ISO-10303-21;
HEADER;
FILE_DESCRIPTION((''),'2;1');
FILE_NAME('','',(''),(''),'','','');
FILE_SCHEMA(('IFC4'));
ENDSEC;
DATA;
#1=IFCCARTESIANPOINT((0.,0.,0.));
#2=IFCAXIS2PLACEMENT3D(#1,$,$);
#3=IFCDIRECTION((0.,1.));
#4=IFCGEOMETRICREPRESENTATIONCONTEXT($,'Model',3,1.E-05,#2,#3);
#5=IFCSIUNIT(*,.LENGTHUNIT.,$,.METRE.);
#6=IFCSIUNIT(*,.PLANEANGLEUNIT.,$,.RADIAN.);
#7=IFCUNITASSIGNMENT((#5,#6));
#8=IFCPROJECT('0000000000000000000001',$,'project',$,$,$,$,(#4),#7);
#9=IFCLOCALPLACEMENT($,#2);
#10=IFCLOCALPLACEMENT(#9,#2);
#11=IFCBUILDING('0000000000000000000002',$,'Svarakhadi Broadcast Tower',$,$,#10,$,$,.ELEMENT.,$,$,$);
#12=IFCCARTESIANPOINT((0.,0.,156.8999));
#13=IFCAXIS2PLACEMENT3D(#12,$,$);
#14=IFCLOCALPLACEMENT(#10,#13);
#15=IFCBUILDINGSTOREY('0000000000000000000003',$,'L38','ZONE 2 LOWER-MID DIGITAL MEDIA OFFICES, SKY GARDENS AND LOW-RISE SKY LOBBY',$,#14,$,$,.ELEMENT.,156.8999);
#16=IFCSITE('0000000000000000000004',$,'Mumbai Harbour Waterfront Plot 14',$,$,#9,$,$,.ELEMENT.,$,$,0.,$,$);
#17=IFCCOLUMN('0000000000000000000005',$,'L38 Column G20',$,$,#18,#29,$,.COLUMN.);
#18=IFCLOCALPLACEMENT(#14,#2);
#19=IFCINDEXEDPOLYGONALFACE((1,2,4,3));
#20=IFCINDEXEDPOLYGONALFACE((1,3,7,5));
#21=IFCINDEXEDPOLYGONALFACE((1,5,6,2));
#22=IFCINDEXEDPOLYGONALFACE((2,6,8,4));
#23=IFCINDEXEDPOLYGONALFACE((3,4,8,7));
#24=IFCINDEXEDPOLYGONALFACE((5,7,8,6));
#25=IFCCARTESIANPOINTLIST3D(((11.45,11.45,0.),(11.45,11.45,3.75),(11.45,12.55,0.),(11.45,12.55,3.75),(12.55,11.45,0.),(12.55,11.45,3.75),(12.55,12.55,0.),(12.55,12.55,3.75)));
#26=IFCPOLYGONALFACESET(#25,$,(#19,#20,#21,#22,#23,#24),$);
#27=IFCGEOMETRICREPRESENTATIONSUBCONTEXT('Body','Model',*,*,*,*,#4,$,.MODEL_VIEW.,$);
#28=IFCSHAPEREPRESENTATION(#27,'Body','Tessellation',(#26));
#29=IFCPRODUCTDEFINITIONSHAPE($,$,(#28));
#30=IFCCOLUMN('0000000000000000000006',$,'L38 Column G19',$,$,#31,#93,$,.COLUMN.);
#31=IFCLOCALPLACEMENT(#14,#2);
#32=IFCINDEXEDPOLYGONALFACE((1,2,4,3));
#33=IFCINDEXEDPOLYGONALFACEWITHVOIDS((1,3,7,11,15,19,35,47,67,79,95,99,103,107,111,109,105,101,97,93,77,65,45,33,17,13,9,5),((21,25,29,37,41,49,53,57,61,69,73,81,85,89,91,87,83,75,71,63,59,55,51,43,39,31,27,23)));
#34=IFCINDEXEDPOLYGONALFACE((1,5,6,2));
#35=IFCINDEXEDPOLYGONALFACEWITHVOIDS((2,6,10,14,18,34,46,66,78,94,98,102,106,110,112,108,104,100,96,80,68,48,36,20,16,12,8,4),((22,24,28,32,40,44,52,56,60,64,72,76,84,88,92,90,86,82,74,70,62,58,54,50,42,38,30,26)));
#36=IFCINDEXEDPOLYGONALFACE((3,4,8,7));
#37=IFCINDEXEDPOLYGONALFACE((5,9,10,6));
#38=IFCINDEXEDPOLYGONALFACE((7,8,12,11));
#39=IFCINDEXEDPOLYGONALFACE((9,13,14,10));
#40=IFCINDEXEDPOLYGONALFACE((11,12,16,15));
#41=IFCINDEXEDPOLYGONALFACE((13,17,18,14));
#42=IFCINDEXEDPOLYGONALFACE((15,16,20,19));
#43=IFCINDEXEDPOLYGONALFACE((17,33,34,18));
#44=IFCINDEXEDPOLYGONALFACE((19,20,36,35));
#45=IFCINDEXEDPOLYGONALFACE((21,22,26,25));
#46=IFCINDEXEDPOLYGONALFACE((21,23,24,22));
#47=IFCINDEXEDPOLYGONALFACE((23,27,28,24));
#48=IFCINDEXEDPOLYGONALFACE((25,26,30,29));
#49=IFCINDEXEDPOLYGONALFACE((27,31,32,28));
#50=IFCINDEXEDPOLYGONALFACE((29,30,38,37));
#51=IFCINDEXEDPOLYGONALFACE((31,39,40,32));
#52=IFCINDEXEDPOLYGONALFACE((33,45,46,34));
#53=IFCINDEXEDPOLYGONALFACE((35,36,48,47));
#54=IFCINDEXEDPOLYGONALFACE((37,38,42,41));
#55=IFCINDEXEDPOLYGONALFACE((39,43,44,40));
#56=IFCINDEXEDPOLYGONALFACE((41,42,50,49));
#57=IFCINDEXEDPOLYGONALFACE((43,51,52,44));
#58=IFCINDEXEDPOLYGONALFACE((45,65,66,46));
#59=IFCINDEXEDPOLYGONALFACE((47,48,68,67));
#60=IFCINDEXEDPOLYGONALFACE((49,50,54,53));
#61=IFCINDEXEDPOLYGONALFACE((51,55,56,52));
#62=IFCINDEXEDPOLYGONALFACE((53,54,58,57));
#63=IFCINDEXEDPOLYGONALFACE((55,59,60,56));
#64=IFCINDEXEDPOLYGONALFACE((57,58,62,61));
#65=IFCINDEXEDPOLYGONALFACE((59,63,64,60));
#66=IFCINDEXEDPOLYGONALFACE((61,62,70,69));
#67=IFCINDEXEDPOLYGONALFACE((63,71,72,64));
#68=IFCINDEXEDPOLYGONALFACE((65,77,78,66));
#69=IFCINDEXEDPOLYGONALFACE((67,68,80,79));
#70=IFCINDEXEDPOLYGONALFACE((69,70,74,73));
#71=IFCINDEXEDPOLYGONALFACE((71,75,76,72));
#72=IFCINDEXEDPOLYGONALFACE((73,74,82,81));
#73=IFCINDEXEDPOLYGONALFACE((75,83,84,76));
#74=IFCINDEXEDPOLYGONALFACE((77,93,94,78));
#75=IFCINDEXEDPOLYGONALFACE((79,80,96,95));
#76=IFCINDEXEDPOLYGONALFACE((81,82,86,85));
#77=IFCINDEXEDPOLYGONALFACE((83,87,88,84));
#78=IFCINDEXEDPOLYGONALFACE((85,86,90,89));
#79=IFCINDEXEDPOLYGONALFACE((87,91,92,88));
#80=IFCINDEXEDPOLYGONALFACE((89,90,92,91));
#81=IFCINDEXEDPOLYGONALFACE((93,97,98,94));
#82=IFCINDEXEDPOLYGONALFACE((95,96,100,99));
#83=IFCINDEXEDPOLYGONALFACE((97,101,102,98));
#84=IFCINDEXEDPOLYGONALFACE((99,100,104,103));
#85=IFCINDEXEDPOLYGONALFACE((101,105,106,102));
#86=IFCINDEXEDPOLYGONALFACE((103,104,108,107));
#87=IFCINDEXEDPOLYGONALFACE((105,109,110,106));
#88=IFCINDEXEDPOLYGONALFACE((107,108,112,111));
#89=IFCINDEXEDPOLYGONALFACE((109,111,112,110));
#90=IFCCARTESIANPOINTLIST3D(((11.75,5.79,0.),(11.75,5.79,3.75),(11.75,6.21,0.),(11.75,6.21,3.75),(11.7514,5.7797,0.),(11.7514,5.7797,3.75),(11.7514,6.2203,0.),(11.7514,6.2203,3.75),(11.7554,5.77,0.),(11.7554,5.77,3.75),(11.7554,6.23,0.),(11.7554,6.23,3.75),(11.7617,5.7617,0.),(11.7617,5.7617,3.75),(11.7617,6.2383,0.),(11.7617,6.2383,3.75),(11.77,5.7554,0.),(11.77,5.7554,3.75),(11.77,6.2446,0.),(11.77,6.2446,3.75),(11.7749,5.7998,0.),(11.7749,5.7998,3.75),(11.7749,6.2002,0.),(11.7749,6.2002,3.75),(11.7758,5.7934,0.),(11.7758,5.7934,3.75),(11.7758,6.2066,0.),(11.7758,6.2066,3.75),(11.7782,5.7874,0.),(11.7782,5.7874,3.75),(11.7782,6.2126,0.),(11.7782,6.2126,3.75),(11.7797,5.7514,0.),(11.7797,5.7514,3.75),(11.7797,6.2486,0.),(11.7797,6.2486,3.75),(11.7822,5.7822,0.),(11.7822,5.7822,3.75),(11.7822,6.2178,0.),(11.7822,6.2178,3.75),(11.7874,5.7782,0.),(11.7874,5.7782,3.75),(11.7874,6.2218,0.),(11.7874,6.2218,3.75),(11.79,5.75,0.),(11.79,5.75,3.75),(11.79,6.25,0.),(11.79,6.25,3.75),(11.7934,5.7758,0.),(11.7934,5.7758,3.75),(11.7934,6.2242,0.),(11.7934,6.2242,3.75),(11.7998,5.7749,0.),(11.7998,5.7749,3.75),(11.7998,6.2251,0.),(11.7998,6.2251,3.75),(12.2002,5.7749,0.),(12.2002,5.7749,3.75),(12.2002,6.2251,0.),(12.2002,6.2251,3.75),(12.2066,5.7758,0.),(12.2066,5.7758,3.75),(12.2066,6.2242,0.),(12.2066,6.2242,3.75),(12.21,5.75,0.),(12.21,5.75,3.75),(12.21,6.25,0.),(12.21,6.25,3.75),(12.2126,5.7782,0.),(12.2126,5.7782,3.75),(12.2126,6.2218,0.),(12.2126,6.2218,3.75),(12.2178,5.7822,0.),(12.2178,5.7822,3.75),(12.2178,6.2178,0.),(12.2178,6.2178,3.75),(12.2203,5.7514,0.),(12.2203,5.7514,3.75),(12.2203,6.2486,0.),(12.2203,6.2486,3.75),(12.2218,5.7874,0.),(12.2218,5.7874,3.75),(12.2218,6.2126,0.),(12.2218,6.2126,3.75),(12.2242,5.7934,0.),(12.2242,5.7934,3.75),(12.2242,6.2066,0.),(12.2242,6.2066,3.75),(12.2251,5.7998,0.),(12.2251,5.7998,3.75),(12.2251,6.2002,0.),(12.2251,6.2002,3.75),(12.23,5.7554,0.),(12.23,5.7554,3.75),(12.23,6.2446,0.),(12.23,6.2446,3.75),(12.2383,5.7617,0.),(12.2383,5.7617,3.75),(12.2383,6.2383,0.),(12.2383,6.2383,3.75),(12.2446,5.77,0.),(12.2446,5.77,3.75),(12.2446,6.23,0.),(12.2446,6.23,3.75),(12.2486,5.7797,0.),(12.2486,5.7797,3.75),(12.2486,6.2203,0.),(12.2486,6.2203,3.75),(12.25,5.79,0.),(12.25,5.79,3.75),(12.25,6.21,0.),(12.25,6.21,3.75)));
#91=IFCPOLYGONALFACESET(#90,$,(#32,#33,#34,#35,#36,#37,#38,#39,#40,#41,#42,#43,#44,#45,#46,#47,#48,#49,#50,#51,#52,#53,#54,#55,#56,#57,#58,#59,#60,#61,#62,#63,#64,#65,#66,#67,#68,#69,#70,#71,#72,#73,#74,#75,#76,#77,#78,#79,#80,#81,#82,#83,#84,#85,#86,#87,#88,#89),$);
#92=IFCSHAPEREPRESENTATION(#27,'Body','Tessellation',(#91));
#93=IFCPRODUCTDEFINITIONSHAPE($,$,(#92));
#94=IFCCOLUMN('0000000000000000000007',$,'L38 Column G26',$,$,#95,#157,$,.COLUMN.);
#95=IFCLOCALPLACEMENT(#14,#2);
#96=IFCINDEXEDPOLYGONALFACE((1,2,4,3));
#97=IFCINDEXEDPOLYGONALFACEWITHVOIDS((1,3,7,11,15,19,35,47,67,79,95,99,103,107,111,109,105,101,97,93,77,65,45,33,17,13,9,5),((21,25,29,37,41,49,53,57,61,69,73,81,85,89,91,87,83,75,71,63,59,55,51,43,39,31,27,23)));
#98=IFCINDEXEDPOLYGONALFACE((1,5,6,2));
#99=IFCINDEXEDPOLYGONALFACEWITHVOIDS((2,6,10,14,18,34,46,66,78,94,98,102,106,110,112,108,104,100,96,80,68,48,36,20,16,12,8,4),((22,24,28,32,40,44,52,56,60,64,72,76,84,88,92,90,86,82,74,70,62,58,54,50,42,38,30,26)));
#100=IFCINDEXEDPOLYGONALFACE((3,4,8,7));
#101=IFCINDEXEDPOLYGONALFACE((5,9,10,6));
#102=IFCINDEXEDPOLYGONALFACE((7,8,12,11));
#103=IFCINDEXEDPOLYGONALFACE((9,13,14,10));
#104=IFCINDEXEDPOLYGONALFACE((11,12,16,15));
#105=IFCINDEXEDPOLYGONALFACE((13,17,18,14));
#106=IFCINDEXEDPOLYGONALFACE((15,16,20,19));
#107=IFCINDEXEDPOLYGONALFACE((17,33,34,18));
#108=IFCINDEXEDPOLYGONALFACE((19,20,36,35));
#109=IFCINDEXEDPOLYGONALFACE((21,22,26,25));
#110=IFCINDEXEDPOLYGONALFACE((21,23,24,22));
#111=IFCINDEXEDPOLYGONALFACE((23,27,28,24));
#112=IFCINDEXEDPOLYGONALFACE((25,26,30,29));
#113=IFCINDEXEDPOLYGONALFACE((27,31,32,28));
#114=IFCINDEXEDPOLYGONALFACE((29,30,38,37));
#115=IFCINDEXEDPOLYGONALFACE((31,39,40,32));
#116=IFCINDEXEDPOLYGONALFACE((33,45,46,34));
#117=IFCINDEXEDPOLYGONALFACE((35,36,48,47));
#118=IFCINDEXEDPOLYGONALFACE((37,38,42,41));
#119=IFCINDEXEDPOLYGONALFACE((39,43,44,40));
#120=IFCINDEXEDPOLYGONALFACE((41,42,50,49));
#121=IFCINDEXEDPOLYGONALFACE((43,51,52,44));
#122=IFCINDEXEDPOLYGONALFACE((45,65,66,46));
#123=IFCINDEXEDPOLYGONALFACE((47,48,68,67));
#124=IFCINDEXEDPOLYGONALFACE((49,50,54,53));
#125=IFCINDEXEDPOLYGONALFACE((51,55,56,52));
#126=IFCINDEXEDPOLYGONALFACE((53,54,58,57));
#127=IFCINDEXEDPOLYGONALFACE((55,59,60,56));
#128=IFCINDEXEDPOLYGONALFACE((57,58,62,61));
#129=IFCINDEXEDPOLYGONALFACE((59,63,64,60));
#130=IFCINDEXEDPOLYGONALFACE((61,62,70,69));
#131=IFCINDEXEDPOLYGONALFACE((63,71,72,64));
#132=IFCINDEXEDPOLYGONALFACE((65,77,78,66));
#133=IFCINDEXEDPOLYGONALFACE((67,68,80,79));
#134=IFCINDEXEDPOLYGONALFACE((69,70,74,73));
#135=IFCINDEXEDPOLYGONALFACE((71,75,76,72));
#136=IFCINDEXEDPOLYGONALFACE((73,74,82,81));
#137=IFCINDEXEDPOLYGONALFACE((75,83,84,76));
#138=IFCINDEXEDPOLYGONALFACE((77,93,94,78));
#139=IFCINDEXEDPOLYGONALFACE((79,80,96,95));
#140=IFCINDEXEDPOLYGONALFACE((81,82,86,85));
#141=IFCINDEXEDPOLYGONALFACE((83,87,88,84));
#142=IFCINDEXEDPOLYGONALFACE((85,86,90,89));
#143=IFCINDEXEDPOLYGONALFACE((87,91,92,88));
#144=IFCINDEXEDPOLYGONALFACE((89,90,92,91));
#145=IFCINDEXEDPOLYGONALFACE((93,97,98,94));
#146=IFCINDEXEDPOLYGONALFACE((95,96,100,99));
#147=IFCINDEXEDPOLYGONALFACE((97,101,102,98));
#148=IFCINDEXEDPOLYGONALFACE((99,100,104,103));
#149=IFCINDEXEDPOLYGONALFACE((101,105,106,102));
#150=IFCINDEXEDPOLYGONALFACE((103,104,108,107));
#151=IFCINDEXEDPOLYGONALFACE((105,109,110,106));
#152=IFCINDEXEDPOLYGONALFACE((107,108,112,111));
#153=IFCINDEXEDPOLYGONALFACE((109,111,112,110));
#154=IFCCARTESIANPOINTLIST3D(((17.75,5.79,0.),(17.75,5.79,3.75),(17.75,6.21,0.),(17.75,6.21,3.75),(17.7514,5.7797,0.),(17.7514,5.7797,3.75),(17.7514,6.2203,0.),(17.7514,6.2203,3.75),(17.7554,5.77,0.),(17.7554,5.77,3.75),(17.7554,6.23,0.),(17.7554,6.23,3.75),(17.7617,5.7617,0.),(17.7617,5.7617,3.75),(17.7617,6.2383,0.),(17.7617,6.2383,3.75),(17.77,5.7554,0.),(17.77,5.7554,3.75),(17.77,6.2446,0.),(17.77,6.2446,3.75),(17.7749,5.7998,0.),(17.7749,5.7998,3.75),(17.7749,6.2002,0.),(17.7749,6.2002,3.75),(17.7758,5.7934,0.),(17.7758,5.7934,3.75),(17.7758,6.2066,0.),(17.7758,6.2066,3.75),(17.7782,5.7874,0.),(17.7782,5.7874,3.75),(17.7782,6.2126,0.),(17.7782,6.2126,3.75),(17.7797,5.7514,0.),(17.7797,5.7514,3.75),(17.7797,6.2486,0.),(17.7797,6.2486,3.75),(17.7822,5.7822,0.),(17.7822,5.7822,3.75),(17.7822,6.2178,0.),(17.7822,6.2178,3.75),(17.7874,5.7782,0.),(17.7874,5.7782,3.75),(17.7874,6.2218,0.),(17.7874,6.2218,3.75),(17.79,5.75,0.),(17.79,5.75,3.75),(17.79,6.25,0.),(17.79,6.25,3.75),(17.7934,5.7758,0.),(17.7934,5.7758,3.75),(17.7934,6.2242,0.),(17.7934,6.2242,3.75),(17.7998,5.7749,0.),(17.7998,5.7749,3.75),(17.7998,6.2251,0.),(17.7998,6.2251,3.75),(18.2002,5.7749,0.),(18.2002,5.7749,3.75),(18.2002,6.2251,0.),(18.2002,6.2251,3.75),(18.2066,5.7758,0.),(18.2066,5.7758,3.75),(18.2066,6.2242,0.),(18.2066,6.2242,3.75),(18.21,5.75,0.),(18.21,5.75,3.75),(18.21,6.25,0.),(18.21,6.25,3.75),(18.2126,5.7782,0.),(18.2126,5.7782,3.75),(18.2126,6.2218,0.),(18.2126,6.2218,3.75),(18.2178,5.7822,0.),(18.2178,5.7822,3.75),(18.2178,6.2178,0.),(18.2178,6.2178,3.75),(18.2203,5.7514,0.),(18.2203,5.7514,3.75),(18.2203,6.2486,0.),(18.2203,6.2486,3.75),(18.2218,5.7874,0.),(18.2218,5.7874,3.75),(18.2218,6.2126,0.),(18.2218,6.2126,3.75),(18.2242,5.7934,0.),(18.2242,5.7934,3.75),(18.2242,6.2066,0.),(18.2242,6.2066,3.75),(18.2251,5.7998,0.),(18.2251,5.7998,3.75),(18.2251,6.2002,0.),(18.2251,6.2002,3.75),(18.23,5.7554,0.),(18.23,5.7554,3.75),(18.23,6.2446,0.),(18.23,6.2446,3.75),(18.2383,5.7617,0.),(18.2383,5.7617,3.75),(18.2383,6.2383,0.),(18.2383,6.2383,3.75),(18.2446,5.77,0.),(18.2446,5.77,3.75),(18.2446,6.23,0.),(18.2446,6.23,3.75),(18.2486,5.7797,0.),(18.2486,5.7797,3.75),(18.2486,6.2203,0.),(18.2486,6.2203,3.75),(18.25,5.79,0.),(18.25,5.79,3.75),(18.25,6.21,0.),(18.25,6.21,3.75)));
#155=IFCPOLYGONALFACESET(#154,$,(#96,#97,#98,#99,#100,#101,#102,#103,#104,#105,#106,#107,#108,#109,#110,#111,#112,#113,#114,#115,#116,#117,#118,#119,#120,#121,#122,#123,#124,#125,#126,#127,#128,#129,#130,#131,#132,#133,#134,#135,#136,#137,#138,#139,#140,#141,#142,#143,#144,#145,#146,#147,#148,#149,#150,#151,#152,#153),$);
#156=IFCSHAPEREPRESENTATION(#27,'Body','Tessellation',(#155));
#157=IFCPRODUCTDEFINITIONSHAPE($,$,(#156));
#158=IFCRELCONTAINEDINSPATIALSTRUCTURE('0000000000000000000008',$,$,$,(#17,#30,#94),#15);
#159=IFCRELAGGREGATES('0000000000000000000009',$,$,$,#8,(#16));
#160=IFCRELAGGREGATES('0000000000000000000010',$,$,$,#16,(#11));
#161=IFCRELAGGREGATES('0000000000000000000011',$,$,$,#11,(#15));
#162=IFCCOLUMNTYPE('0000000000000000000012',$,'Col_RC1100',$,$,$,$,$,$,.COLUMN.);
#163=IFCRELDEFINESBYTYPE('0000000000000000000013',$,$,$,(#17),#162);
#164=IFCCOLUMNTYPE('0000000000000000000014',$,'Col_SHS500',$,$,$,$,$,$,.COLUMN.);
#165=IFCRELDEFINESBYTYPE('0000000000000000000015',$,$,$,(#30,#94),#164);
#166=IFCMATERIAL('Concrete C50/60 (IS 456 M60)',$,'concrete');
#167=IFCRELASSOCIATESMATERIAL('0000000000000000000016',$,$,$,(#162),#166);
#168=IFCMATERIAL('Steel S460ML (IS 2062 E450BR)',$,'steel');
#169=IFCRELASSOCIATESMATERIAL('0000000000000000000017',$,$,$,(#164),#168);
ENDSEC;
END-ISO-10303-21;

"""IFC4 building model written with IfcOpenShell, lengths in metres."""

from ifc_helpers import new_model, si_unit, direction, frame, origin, origin_2d, place, context, subcontext, project, spatial, rectangle, hollow_rectangle, extrude, material, material_profile, profile_set, type_object, element, save


model = new_model("IFC4")

# Units and contexts
model_context = context("Model", 3, precision=1e-05, world=origin(), true_north=direction((0.0, 1.0)))
body_context = subcontext(model_context, "Body", "Model", "MODEL_VIEW")
ifc_project = project(units=[si_unit("LENGTHUNIT", "METRE"), si_unit("PLANEANGLEUNIT", "RADIAN")], contexts=[model_context])

# Site, building, storey
site_placement = place(None, origin())
site = spatial("IfcSite", under=ifc_project, at=site_placement, Name="Mumbai Harbour Waterfront Plot 14", CompositionType="ELEMENT", RefElevation=0.0)
building_placement = place(site_placement, origin())
building = spatial("IfcBuilding", under=site, at=building_placement, Name="Svarakhadi Broadcast Tower", CompositionType="ELEMENT")
storey_placement = place(building_placement, frame((0.0, 0.0, 156.8999)))
storey = spatial("IfcBuildingStorey", under=building, at=storey_placement, Name="L38", Description="ZONE 2 LOWER-MID DIGITAL MEDIA OFFICES, SKY GARDENS AND LOW-RISE SKY LOBBY", CompositionType="ELEMENT", Elevation=156.8999)

# Columns
ifc_material_1 = material(Name="Concrete C50/60 (IS 456 M60)", Category="concrete")
ifc_material_profile_1 = material_profile(ifc_material_1, rectangle(XDim=1.1001, YDim=1.1001, at=origin_2d()), Name="RC 1100x1100")
ifc_profile_set_1 = profile_set([ifc_material_profile_1], Name="Concrete C50/60 (IS 456 M60)")
column_type_1 = type_object("IfcColumnType", Name="Col_RC1100", PredefinedType="COLUMN", material=ifc_profile_set_1)
column_placement = place(storey_placement, frame((12.0, 12.0, 0.0), z_axis=(0.0, 0.0, 1.0), x_axis=(1.0, 0.0, 0.0)))
element("IfcColumn", 1, at=column_placement, inside=storey, type_object=column_type_1, Name="L38 Column G20", PredefinedType="COLUMN", context=body_context, shape_type="SweptSolid", body=[
    extrude(rectangle(XDim=1.1001, YDim=1.1001, at=origin_2d()), origin(), (0.0, 0.0, 1.0), 3.75),
])
ifc_material_2 = material(Name="Steel S460ML (IS 2062 E450BR)", Category="steel")
ifc_material_profile_2 = material_profile(ifc_material_2, hollow_rectangle(XDim=0.5, YDim=0.5, WallThickness=0.0249, InnerFilletRadius=0.0249, OuterFilletRadius=0.04, at=origin_2d()), Name="SHS 500x500x25")
ifc_profile_set_2 = profile_set([ifc_material_profile_2], Name="Steel S460ML (IS 2062 E450BR)")
column_type_2 = type_object("IfcColumnType", Name="Col_SHS500", PredefinedType="COLUMN", material=ifc_profile_set_2)
for number, where, z_axis, x_axis, name in (
    (2, (12.0, 6.0, 0.0), (0.0, 0.0, 1.0), (1.0, 0.0, 0.0), "L38 Column G19"),
    (3, (18.0, 6.0, 0.0), (0.0, 0.0, 1.0), (1.0, 0.0, 0.0), "L38 Column G26"),
):
    element("IfcColumn", number, at=place(storey_placement, frame(where, z_axis=z_axis, x_axis=x_axis)), inside=storey, type_object=column_type_2, Name=name, PredefinedType="COLUMN", context=body_context, shape_type="SweptSolid", body=[
        extrude(hollow_rectangle(XDim=0.5, YDim=0.5, WallThickness=0.0249, InnerFilletRadius=0.0249, OuterFilletRadius=0.04, at=origin_2d()), origin(), (0.0, 0.0, 1.0), 3.75),
    ])

save(model, "model.ifc")
